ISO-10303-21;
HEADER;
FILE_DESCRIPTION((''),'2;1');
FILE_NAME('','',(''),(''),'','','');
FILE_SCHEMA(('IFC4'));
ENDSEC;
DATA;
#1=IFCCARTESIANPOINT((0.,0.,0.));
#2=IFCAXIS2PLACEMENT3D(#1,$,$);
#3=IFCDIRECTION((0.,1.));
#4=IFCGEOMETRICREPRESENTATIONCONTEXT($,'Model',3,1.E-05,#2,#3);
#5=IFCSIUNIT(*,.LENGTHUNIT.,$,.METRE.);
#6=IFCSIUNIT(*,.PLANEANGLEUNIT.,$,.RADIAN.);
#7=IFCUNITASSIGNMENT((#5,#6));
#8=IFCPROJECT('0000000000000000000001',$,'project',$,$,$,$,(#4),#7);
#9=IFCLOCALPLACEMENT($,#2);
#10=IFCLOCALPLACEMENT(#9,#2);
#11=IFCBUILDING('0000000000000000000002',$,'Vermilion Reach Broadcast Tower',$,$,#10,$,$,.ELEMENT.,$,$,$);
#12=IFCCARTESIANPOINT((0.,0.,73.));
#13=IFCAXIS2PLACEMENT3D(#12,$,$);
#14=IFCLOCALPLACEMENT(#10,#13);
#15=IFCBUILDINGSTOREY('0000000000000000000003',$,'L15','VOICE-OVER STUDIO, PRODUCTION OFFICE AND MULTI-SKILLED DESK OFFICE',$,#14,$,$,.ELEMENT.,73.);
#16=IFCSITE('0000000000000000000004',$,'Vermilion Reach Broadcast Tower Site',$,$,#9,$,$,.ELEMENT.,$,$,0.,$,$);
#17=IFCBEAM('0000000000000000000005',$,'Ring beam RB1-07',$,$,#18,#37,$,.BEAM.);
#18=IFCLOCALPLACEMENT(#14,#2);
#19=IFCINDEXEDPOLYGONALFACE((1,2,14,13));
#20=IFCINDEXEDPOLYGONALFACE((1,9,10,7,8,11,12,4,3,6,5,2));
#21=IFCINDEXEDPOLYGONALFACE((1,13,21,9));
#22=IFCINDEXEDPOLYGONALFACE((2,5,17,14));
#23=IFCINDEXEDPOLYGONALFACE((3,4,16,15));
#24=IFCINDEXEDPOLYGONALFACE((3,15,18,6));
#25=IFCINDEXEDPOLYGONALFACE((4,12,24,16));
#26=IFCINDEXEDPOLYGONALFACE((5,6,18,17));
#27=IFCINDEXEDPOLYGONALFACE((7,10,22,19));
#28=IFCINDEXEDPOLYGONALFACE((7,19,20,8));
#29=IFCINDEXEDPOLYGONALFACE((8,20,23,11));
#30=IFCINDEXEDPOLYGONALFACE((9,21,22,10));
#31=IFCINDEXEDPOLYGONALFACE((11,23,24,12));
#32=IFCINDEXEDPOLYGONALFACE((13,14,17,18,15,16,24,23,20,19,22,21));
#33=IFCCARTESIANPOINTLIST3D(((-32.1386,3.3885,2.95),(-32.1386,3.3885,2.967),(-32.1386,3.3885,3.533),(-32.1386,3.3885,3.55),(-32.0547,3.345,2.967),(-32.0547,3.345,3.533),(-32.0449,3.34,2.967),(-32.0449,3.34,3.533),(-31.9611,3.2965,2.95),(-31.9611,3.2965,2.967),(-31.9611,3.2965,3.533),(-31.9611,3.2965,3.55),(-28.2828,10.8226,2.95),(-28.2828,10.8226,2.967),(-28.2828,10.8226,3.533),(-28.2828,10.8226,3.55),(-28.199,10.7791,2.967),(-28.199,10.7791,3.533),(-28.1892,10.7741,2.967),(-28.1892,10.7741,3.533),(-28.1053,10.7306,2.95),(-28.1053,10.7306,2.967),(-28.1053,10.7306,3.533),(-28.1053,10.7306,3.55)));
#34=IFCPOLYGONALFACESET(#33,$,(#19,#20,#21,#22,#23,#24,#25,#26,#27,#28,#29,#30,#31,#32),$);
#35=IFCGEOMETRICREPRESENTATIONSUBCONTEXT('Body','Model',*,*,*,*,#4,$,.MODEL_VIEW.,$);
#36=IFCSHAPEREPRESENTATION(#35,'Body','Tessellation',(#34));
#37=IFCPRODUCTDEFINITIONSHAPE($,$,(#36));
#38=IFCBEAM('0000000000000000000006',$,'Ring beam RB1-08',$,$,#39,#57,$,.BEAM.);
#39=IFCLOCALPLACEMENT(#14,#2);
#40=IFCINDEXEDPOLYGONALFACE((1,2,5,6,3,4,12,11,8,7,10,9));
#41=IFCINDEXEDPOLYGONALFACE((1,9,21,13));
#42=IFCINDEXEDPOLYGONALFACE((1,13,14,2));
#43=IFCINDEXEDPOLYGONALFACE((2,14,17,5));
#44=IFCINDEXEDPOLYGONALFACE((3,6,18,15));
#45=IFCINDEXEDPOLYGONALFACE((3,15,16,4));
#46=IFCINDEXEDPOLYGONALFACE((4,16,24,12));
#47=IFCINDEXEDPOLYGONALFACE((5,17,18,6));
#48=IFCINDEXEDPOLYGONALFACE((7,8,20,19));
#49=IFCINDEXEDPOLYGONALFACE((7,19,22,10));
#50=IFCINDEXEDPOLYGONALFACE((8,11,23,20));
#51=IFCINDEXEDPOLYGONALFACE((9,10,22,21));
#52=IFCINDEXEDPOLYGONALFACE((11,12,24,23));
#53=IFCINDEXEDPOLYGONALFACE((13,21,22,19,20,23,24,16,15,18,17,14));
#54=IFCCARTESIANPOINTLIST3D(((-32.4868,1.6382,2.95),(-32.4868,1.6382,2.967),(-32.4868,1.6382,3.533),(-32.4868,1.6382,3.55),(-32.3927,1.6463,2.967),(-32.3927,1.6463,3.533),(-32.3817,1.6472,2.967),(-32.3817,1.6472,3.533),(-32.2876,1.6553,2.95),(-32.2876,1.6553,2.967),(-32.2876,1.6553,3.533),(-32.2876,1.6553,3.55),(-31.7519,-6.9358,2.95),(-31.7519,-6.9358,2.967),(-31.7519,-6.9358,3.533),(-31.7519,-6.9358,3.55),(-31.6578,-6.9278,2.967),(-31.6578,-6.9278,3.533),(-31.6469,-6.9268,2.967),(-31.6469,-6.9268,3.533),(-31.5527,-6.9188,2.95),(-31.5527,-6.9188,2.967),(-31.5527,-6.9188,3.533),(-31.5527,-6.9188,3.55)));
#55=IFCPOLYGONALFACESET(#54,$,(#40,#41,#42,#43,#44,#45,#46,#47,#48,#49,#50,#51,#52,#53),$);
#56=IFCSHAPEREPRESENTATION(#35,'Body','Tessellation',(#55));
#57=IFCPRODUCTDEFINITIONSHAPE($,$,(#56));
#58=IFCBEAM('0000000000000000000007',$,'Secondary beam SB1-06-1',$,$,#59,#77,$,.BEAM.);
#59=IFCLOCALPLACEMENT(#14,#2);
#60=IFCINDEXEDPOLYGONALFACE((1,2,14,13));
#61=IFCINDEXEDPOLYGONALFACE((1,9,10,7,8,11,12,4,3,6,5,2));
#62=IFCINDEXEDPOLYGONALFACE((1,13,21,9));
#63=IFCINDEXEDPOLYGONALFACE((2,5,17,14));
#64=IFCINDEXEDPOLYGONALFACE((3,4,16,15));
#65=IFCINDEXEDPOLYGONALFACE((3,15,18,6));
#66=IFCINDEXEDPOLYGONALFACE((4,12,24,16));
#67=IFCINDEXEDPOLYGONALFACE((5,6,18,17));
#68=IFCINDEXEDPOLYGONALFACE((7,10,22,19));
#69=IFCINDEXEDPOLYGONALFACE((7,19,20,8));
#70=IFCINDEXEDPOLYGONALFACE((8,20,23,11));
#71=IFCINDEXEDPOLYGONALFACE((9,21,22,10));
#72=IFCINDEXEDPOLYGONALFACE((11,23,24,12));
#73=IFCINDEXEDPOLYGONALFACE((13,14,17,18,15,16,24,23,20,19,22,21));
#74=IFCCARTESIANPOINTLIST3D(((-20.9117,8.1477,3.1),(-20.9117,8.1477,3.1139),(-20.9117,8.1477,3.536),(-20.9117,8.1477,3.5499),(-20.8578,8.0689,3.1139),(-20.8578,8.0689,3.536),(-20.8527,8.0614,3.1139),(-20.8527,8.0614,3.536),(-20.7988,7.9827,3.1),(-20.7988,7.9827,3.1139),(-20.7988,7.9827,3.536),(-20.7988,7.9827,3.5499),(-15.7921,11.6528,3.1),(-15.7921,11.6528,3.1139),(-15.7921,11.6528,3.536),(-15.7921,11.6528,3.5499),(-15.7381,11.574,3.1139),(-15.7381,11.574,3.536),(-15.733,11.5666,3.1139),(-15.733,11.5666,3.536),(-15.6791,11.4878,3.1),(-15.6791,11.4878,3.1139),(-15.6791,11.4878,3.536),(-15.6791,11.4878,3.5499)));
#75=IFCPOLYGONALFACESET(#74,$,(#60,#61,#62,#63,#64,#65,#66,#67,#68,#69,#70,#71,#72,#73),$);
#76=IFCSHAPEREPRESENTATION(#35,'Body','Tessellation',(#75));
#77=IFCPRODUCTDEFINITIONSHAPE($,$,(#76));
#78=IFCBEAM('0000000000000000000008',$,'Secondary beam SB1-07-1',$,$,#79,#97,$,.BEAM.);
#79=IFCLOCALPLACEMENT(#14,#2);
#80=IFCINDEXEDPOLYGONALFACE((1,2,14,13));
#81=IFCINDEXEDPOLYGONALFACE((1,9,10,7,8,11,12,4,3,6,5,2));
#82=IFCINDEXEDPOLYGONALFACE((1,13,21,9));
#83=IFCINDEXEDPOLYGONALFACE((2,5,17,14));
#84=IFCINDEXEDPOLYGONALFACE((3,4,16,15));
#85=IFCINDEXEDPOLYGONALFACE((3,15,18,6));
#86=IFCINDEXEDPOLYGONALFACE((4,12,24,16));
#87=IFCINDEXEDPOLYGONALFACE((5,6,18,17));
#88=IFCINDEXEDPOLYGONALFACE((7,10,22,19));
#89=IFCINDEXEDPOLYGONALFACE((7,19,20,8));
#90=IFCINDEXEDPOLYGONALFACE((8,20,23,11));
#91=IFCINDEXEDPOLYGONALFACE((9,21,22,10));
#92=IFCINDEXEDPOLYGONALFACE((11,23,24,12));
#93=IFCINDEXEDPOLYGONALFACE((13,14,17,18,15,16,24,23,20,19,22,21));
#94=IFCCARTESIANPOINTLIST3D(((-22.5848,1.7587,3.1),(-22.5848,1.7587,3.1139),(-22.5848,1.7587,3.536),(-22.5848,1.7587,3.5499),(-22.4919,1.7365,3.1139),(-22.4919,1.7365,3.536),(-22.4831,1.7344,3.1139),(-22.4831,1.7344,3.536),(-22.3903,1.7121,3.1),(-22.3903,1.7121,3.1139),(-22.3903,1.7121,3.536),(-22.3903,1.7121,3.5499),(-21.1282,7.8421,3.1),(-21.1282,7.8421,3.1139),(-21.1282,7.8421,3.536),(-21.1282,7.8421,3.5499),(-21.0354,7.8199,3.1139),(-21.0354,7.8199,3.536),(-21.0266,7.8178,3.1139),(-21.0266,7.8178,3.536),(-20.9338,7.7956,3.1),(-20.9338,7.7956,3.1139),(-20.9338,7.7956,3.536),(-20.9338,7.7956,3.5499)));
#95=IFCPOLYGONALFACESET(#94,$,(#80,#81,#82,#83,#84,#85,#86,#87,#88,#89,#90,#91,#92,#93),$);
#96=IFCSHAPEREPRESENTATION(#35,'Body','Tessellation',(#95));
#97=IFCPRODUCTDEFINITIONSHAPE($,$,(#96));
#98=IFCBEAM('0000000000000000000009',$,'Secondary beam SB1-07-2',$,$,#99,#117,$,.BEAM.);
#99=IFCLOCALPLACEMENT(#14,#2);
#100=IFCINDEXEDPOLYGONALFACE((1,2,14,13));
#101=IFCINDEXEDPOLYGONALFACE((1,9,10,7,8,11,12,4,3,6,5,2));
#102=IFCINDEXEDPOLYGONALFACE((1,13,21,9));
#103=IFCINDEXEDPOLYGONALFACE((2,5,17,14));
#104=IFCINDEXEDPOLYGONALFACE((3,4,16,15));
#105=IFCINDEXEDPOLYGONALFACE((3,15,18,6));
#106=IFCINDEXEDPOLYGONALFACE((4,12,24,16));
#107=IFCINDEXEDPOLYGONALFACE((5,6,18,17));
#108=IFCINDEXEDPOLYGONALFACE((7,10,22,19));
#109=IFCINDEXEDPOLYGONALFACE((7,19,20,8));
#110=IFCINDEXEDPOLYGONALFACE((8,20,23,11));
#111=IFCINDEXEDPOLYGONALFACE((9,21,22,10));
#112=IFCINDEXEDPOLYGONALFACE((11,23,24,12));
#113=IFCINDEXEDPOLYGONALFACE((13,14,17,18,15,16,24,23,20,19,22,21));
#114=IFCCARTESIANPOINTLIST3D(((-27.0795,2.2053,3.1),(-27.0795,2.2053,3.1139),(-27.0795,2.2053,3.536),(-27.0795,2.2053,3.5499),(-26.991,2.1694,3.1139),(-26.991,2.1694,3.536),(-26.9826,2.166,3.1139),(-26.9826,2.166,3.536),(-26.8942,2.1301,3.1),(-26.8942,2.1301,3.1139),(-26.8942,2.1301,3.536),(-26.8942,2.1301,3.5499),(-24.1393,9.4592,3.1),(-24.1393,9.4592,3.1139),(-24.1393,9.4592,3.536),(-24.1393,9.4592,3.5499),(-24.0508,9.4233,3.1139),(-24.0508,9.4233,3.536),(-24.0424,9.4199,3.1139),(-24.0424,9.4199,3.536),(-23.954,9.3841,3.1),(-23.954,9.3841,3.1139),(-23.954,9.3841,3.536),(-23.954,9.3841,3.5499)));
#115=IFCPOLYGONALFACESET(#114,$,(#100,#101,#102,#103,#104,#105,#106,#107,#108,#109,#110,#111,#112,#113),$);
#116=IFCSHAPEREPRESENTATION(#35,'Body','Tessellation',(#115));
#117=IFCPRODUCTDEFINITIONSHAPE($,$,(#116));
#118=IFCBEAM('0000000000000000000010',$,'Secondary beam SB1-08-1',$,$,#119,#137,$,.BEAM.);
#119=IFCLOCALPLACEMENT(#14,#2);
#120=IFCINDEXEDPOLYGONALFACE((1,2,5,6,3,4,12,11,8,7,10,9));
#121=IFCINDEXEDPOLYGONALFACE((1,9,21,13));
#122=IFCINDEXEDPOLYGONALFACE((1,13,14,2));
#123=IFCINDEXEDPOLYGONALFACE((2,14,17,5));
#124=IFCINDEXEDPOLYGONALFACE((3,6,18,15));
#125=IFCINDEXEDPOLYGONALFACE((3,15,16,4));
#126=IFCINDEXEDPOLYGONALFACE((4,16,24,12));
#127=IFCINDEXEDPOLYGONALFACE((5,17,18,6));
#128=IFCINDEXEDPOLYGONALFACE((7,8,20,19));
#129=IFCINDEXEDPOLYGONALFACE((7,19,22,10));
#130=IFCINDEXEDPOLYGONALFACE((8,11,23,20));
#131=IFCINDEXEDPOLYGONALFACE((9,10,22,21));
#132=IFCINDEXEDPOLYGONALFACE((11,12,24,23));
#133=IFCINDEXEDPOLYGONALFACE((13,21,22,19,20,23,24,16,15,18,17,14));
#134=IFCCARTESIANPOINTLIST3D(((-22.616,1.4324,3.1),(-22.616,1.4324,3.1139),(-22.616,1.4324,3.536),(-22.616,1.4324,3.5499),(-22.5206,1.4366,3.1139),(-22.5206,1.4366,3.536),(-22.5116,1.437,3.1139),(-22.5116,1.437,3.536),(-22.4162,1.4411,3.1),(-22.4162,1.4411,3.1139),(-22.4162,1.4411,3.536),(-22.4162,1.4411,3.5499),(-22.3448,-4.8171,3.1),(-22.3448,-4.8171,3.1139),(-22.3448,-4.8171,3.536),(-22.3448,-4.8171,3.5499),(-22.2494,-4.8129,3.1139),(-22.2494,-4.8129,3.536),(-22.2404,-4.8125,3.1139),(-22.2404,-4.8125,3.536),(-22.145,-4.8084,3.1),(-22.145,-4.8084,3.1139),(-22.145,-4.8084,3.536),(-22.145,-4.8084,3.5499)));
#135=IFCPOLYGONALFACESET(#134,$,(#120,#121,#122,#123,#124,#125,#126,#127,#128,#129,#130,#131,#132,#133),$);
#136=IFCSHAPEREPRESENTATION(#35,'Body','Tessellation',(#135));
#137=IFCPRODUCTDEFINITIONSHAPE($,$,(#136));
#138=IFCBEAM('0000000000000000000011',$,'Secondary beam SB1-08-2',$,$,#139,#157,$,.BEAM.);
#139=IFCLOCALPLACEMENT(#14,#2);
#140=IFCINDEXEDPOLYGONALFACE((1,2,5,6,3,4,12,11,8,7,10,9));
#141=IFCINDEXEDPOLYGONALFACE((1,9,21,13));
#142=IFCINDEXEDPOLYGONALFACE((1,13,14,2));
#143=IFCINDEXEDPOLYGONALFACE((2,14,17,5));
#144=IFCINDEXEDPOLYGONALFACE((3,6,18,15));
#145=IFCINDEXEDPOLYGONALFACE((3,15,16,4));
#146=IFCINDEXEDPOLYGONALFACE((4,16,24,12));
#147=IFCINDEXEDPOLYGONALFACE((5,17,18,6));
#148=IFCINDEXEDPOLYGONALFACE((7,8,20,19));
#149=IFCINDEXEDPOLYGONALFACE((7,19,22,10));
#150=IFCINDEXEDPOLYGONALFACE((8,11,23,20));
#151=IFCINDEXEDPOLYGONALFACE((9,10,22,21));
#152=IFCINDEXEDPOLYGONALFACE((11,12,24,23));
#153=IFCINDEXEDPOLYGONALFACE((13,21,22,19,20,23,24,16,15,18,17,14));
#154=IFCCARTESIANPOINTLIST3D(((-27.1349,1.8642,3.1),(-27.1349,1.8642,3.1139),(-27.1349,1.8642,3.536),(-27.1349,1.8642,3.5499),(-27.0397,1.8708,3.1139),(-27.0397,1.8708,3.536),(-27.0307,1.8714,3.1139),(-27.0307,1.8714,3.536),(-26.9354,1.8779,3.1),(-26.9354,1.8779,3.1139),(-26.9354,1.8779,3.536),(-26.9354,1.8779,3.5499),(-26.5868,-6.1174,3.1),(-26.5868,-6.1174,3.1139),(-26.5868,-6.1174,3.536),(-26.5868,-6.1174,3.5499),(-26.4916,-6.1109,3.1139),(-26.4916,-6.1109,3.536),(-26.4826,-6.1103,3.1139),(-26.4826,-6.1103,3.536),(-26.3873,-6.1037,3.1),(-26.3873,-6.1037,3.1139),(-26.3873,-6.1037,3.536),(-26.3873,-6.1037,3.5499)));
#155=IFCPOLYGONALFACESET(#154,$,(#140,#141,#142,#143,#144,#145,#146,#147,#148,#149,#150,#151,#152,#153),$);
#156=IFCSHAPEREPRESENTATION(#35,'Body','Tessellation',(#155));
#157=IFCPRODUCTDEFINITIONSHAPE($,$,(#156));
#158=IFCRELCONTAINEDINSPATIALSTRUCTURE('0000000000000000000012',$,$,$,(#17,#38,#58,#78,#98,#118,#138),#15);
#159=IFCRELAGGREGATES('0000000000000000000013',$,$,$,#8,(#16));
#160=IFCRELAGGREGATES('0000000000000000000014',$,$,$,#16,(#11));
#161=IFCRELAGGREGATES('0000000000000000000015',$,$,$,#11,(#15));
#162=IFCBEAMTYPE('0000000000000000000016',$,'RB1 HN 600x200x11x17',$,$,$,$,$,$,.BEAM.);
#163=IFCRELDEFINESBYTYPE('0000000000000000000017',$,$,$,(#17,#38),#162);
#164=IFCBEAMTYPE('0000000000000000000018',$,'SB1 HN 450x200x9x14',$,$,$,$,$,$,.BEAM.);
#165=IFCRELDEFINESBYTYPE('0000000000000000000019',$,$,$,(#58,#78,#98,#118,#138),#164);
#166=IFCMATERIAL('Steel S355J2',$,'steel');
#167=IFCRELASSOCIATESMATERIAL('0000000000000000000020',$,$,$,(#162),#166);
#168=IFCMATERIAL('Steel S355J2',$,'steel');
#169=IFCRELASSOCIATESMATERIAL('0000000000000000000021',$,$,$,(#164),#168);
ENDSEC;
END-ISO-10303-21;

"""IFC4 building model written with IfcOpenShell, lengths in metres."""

from ifc_helpers import new_model, si_unit, direction, frame, origin, origin_2d, place, context, subcontext, project, spatial, i_section, extrude, material, material_profile, profile_set, type_object, element, save


model = new_model("IFC4")

# Units and contexts
model_context = context("Model", 3, precision=1e-05, world=origin(), true_north=direction((0.0, 1.0)))
body_context = subcontext(model_context, "Body", "Model", "MODEL_VIEW")
ifc_project = project(units=[si_unit("LENGTHUNIT", "METRE"), si_unit("PLANEANGLEUNIT", "RADIAN")], contexts=[model_context])

# Site, building, storey
site_placement = place(None, origin())
site = spatial("IfcSite", under=ifc_project, at=site_placement, Name="Vermilion Reach Broadcast Tower Site", CompositionType="ELEMENT", RefElevation=0.0)
building_placement = place(site_placement, origin())
building = spatial("IfcBuilding", under=site, at=building_placement, Name="Vermilion Reach Broadcast Tower", CompositionType="ELEMENT")
storey_placement = place(building_placement, frame((0.0, 0.0, 73.0)))
storey = spatial("IfcBuildingStorey", under=building, at=storey_placement, Name="L15", Description="VOICE-OVER STUDIO, PRODUCTION OFFICE AND MULTI-SKILLED DESK OFFICE", CompositionType="ELEMENT", Elevation=73.0)

# Beams
ifc_material_1 = material(Name="Steel S355J2", Category="steel")
ifc_material_profile_1 = material_profile(ifc_material_1, i_section(OverallWidth=0.2, OverallDepth=0.6001, WebThickness=0.011, FlangeThickness=0.0171, at=origin_2d()), Name="S355J2 HN 600x200x11x17")
ifc_profile_set_1 = profile_set([ifc_material_profile_1], Name="Steel S355J2")
beam_type_1 = type_object("IfcBeamType", Name="RB1 HN 600x200x11x17", PredefinedType="BEAM", material=ifc_profile_set_1)
beam_1_placement = place(storey_placement, frame((-28.1941, 10.7766, 3.25), z_axis=(-0.460412, -0.887706, 0.0), x_axis=(0.887706, -0.460412, 0.0)))
element("IfcBeam", 1, at=beam_1_placement, inside=storey, type_object=beam_type_1, Name="Ring beam RB1-07", PredefinedType="BEAM", context=body_context, shape_type="SweptSolid", body=[
    extrude(i_section(OverallWidth=0.2, OverallDepth=0.6001, WebThickness=0.011, FlangeThickness=0.0171, at=origin_2d()), origin(), (0.0, 0.0, 1.0), 8.3745),
])
beam_2_placement = place(storey_placement, frame((-32.3872, 1.6467, 3.25), z_axis=(0.085396, -0.996347, 0.0), x_axis=(0.996347, 0.085396, 0.0)))
element("IfcBeam", 2, at=beam_2_placement, inside=storey, type_object=beam_type_1, Name="Ring beam RB1-08", PredefinedType="BEAM", context=body_context, shape_type="SweptSolid", body=[
    extrude(i_section(OverallWidth=0.2, OverallDepth=0.6001, WebThickness=0.011, FlangeThickness=0.0171, at=origin_2d()), origin(), (0.0, 0.0, 1.0), 8.6055),
])
ifc_material_2 = material(Name="Steel S355J2", Category="steel")
ifc_material_profile_2 = material_profile(ifc_material_2, i_section(OverallWidth=0.2, OverallDepth=0.45, WebThickness=0.009, FlangeThickness=0.0139, at=origin_2d()), Name="S355J2 HN 450x200x9x14")
ifc_profile_set_2 = profile_set([ifc_material_profile_2], Name="Steel S355J2")
beam_type_2 = type_object("IfcBeamType", Name="SB1 HN 450x200x9x14", PredefinedType="BEAM", material=ifc_profile_set_2)
beam_3_placement = place(storey_placement, frame((-15.7356, 11.5703, 3.325), z_axis=(-0.82514, -0.564928, 0.0), x_axis=(0.564928, -0.82514, 0.0)))
element("IfcBeam", 3, at=beam_3_placement, inside=storey, type_object=beam_type_2, Name="Secondary beam SB1-06-1", PredefinedType="BEAM", context=body_context, shape_type="SweptSolid", body=[
    extrude(i_section(OverallWidth=0.2, OverallDepth=0.45, WebThickness=0.009, FlangeThickness=0.0139, at=origin_2d()), origin(), (0.0, 0.0, 1.0), 6.2046),
])
beam_4_placement = place(storey_placement, frame((-21.031, 7.8188, 3.325), z_axis=(-0.232844, -0.972514, 0.0), x_axis=(0.972514, -0.232844, 0.0)))
element("IfcBeam", 4, at=beam_4_placement, inside=storey, type_object=beam_type_2, Name="Secondary beam SB1-07-1", PredefinedType="BEAM", context=body_context, shape_type="SweptSolid", body=[
    extrude(i_section(OverallWidth=0.2, OverallDepth=0.45, WebThickness=0.009, FlangeThickness=0.0139, at=origin_2d()), origin(), (0.0, 0.0, 1.0), 6.2554),
])
beam_5_placement = place(storey_placement, frame((-24.0466, 9.4216, 3.325), z_axis=(-0.375641, -0.926765, 0.0), x_axis=(0.926765, -0.375641, 0.0)))
element("IfcBeam", 5, at=beam_5_placement, inside=storey, type_object=beam_type_2, Name="Secondary beam SB1-07-2", PredefinedType="BEAM", context=body_context, shape_type="SweptSolid", body=[
    extrude(i_section(OverallWidth=0.2, OverallDepth=0.45, WebThickness=0.009, FlangeThickness=0.0139, at=origin_2d()), origin(), (0.0, 0.0, 1.0), 7.8271),
])
beam_6_placement = place(storey_placement, frame((-22.5161, 1.4368, 3.325), z_axis=(0.043361, -0.999059, 0.0), x_axis=(0.999059, 0.043361, 0.0)))
element("IfcBeam", 6, at=beam_6_placement, inside=storey, type_object=beam_type_2, Name="Secondary beam SB1-08-1", PredefinedType="BEAM", context=body_context, shape_type="SweptSolid", body=[
    extrude(i_section(OverallWidth=0.2, OverallDepth=0.45, WebThickness=0.009, FlangeThickness=0.0139, at=origin_2d()), origin(), (0.0, 0.0, 1.0), 6.2554),
])
beam_7_placement = place(storey_placement, frame((-27.0352, 1.8711, 3.325), z_axis=(0.068508, -0.997651, 0.0), x_axis=(0.997651, 0.068508, 0.0)))
element("IfcBeam", 7, at=beam_7_placement, inside=storey, type_object=beam_type_2, Name="Secondary beam SB1-08-2", PredefinedType="BEAM", context=body_context, shape_type="SweptSolid", body=[
    extrude(i_section(OverallWidth=0.2, OverallDepth=0.45, WebThickness=0.009, FlangeThickness=0.0139, at=origin_2d()), origin(), (0.0, 0.0, 1.0), 8.0005),
])

save(model, "model.ifc")
